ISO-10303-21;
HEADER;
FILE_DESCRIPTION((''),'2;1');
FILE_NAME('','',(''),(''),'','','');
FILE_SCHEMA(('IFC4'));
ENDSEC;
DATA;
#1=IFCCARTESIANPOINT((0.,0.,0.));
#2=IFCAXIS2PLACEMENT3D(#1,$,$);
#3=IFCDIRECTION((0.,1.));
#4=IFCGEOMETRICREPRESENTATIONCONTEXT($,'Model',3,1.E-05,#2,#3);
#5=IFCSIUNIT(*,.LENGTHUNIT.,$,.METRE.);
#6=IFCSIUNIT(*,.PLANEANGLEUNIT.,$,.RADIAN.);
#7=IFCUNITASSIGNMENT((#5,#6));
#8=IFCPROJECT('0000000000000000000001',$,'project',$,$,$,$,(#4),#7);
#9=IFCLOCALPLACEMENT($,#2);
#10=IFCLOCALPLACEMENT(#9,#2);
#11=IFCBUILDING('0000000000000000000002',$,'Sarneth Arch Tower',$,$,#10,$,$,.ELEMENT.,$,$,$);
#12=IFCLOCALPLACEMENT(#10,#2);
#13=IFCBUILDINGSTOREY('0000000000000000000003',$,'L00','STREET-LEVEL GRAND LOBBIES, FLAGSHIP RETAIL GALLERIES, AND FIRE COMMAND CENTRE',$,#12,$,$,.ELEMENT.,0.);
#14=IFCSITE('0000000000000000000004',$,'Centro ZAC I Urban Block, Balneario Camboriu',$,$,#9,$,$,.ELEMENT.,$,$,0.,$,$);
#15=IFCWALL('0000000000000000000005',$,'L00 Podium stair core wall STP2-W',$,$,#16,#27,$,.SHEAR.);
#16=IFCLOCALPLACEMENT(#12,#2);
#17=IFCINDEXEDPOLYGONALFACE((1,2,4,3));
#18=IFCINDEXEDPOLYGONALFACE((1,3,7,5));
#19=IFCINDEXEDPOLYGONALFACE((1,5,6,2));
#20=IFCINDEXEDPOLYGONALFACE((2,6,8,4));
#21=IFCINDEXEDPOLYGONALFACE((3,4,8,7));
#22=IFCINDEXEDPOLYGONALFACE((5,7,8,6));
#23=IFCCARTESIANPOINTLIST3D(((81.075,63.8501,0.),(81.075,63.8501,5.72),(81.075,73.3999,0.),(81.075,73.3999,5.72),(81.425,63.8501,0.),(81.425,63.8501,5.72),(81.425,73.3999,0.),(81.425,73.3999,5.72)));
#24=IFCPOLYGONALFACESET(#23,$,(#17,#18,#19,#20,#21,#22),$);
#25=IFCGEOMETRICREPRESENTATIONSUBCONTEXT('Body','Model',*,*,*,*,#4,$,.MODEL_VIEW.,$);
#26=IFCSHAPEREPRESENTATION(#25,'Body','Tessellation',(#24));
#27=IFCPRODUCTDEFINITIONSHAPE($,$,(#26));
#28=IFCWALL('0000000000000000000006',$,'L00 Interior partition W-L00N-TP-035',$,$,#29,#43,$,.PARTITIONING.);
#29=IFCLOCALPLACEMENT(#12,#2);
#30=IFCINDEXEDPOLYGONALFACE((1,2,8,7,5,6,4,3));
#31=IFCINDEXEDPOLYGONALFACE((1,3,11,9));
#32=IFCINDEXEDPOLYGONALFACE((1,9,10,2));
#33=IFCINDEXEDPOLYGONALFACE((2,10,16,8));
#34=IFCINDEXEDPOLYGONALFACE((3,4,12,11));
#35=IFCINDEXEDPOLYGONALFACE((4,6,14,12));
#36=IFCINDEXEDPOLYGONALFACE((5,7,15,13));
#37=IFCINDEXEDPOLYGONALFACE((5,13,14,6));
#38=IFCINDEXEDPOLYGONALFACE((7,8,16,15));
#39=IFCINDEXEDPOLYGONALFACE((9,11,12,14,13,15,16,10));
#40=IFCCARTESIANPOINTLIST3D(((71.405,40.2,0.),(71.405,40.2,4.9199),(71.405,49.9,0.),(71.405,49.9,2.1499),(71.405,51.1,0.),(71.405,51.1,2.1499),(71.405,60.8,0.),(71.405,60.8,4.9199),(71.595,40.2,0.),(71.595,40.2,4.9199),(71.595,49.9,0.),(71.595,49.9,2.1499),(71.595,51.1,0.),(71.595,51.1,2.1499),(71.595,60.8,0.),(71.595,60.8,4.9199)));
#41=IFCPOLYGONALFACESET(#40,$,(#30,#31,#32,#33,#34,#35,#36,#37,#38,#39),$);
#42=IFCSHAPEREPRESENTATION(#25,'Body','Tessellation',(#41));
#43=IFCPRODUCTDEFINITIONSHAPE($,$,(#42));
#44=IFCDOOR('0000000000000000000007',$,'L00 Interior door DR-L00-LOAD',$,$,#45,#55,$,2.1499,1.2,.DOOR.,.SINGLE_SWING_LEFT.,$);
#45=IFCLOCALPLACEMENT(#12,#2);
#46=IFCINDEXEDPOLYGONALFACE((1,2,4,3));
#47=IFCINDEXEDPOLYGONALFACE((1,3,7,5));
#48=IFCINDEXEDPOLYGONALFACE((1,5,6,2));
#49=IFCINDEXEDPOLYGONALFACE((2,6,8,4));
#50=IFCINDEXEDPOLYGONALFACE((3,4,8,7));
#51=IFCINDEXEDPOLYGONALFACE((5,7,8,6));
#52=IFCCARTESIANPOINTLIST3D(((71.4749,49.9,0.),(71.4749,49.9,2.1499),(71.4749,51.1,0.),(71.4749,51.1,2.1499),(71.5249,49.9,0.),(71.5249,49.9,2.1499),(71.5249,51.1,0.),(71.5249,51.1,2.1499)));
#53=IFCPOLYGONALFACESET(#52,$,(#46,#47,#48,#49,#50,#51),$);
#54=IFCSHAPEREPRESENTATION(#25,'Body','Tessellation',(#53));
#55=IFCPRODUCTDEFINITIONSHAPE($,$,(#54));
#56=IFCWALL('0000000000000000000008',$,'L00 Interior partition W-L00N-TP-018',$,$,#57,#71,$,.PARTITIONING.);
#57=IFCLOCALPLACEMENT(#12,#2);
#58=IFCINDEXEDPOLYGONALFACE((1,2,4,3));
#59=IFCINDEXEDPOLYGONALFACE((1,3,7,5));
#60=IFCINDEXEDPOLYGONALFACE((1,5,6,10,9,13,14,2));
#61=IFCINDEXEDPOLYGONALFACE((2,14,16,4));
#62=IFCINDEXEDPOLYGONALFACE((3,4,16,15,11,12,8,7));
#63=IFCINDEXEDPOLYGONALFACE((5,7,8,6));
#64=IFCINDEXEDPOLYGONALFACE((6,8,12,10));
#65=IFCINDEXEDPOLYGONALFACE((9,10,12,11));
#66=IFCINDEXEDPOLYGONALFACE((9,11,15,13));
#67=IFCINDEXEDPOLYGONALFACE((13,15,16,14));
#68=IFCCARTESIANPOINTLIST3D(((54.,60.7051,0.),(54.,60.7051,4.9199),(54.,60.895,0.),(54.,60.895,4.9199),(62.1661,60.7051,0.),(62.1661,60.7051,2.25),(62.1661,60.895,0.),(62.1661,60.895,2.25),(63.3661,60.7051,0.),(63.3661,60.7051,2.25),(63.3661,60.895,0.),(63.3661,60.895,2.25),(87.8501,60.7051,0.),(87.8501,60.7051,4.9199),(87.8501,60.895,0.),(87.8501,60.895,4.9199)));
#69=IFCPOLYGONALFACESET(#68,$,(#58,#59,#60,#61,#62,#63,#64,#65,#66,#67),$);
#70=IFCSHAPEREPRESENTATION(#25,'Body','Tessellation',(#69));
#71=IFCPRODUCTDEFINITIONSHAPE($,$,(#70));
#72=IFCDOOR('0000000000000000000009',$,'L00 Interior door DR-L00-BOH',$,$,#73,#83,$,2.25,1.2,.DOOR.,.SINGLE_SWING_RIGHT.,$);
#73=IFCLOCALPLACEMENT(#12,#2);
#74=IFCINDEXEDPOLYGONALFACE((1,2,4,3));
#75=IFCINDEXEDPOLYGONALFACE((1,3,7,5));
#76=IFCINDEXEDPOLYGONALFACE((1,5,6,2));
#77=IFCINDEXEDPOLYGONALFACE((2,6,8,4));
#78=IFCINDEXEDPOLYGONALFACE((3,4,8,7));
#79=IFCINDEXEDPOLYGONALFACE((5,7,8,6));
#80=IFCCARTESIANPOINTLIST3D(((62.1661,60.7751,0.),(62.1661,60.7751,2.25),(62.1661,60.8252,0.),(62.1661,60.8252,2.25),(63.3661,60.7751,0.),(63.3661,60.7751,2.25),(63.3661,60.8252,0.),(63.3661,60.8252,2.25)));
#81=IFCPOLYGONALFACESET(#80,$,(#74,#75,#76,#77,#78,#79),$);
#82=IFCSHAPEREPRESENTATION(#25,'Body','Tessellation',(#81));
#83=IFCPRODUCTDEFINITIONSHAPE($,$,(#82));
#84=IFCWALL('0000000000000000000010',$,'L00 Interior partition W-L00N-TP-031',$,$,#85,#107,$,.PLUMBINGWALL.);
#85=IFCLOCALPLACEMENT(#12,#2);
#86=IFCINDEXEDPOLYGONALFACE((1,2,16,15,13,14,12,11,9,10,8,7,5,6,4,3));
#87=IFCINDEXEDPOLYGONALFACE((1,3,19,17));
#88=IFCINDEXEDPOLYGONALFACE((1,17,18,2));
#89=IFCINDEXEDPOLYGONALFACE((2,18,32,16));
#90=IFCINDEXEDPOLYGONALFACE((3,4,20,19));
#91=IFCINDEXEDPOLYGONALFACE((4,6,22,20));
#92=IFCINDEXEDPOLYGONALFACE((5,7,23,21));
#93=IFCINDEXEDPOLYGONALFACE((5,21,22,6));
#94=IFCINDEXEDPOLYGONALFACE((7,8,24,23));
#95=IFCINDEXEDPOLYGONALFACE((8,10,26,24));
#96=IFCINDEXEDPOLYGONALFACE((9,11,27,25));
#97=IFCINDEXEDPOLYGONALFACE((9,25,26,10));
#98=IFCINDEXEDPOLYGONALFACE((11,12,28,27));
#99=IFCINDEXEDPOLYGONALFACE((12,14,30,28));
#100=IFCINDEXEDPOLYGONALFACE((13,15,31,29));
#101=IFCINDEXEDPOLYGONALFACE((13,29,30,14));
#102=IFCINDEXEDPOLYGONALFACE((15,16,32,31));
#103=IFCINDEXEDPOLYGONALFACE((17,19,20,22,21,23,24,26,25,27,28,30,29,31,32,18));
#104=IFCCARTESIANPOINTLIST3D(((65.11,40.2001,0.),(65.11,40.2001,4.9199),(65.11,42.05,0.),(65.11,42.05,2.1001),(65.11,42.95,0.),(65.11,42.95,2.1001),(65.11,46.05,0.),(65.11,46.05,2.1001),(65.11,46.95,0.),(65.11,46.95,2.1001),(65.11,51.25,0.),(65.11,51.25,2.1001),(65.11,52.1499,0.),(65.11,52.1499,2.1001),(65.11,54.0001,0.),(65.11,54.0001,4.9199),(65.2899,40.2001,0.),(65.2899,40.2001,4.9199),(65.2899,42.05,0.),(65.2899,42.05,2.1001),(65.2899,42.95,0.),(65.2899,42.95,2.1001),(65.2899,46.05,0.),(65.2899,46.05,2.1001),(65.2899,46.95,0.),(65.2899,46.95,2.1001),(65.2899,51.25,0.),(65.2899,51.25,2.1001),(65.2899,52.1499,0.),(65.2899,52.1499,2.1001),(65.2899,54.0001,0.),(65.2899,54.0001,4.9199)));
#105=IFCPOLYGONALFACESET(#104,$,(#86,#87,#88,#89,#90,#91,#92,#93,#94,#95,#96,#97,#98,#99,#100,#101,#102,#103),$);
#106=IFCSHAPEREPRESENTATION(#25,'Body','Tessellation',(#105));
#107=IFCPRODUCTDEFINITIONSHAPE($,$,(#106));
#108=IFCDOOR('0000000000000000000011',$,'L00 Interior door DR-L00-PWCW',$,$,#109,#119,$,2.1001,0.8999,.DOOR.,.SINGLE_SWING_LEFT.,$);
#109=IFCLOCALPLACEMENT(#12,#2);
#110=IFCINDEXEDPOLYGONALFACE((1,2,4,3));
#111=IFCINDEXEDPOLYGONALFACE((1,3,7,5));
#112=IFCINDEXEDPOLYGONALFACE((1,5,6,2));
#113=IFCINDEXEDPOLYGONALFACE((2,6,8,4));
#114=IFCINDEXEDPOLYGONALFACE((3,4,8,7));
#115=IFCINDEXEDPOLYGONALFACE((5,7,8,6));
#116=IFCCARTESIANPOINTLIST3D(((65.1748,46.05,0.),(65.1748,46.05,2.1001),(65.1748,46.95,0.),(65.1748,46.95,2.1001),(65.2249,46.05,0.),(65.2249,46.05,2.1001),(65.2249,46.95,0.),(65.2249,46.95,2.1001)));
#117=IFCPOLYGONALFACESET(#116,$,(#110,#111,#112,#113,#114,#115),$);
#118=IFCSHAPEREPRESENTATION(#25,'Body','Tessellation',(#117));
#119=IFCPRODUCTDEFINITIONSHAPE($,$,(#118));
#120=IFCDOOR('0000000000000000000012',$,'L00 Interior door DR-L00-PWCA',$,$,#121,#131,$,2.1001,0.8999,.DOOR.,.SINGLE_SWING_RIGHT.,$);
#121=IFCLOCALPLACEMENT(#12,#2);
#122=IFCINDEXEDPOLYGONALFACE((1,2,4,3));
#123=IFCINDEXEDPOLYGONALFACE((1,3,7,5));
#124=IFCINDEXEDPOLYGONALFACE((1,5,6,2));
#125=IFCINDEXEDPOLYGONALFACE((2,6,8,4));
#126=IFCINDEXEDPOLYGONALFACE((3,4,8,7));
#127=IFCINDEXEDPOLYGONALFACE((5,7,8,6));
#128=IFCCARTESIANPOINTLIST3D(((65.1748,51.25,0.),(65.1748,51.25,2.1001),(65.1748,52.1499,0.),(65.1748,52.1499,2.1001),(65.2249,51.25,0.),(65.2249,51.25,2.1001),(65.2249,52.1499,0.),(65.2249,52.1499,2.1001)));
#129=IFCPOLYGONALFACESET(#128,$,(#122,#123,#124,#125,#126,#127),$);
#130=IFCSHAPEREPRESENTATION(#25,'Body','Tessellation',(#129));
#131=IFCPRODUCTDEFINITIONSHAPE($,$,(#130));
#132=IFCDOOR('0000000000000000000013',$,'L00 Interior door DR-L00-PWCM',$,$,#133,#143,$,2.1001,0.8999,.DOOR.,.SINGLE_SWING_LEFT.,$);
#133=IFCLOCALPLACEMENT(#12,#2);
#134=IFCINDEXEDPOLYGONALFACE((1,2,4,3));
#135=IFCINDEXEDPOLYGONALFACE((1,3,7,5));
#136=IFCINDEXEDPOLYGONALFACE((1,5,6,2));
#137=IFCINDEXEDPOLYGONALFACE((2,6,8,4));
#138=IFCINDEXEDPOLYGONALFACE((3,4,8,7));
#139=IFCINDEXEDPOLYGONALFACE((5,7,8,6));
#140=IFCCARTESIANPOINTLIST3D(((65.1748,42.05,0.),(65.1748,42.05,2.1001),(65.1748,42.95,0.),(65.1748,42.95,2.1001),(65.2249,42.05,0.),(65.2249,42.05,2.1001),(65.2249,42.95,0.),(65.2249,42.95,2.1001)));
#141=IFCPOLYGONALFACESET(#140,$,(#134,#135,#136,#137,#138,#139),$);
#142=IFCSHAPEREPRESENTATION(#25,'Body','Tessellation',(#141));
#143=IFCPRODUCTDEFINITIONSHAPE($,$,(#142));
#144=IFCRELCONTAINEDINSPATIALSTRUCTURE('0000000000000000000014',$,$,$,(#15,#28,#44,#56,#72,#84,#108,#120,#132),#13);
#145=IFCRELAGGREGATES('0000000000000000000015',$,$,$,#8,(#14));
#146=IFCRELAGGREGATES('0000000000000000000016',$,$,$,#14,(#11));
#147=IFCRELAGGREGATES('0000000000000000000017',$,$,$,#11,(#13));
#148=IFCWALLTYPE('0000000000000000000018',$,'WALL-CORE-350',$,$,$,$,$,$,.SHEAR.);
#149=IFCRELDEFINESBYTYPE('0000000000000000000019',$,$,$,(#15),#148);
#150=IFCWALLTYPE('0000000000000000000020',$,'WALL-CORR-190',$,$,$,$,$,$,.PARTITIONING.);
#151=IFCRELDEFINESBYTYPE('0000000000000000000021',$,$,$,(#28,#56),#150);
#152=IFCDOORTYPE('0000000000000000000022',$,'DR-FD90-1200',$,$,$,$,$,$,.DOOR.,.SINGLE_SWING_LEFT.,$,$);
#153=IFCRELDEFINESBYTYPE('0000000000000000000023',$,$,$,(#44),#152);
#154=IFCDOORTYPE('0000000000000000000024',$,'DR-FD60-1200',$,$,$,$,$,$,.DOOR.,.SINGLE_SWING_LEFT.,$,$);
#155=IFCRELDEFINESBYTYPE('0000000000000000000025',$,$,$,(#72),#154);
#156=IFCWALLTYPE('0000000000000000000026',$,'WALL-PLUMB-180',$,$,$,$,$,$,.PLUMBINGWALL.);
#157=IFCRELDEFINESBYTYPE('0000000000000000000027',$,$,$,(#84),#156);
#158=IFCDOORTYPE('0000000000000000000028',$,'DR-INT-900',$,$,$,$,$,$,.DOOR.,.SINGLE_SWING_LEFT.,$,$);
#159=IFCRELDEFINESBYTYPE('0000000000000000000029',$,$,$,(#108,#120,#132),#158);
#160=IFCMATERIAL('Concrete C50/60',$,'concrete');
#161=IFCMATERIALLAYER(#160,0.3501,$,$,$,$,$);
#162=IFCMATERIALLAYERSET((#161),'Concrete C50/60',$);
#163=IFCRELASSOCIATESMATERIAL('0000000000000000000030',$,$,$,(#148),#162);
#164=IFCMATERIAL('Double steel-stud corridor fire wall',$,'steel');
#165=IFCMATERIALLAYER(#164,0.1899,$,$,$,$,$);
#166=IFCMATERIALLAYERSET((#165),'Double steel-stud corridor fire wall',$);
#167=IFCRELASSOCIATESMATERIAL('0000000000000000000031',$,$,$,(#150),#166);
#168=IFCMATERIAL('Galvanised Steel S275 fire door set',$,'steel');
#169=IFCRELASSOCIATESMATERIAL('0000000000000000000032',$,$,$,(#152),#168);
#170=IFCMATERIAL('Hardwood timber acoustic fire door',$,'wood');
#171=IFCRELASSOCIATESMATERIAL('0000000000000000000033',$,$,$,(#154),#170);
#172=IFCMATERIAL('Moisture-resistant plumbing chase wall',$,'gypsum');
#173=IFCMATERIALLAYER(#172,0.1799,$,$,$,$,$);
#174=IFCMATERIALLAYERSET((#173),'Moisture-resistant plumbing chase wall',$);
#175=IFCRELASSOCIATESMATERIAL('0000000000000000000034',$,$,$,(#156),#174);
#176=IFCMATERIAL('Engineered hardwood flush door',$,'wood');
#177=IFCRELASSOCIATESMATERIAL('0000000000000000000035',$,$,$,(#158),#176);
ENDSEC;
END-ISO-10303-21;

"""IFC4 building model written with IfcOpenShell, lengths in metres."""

from ifc_helpers import new_model, si_unit, direction, frame, frame_2d, origin, place, context, subcontext, project, spatial, rectangle, extrude, material, layer, layer_set, type_object, element, fill, save


model = new_model("IFC4")

# Units and contexts
model_context = context("Model", 3, precision=1e-05, world=origin(), true_north=direction((0.0, 1.0)))
body_context = subcontext(model_context, "Body", "Model", "MODEL_VIEW")
ifc_project = project(units=[si_unit("LENGTHUNIT", "METRE"), si_unit("PLANEANGLEUNIT", "RADIAN")], contexts=[model_context])

# Site, building, storey
site_placement = place(None, origin())
site = spatial("IfcSite", under=ifc_project, at=site_placement, Name="Centro ZAC I Urban Block, Balneario Camboriu", CompositionType="ELEMENT", RefElevation=0.0)
building_placement = place(site_placement, origin())
building = spatial("IfcBuilding", under=site, at=building_placement, Name="Sarneth Arch Tower", CompositionType="ELEMENT")
storey_placement = place(building_placement, origin())
storey = spatial("IfcBuildingStorey", under=building, at=storey_placement, Name="L00", Description="STREET-LEVEL GRAND LOBBIES, FLAGSHIP RETAIL GALLERIES, AND FIRE COMMAND CENTRE", CompositionType="ELEMENT", Elevation=0.0)

# Wall
ifc_material_1 = material(Name="Concrete C50/60", Category="concrete")
ifc_layer_1 = layer(ifc_material_1, 0.3501)
ifc_layer_set_1 = layer_set([ifc_layer_1], Name="Concrete C50/60")
wall_type_1 = type_object("IfcWallType", Name="WALL-CORE-350", PredefinedType="SHEAR", material=ifc_layer_set_1)
wall_1_placement = place(storey_placement, frame((81.25, 63.8501, 0.0), z_axis=(0.0, 0.0, 1.0), x_axis=(0.0, 1.0, 0.0)))
element("IfcWall", 1, at=wall_1_placement, inside=storey, type_object=wall_type_1, Name="L00 Podium stair core wall STP2-W", PredefinedType="SHEAR", context=body_context, shape_type="SweptSolid", body=[
    extrude(rectangle(XDim=9.5498, YDim=0.3501, at=frame_2d((4.7749, 0.0))), origin(), (0.0, 0.0, 1.0), 5.72),
])

# Walls, openings, doors
ifc_material_2 = material(Name="Double steel-stud corridor fire wall", Category="steel")
ifc_layer_2 = layer(ifc_material_2, 0.1899)
ifc_layer_set_2 = layer_set([ifc_layer_2], Name="Double steel-stud corridor fire wall")
wall_type_2 = type_object("IfcWallType", Name="WALL-CORR-190", PredefinedType="PARTITIONING", material=ifc_layer_set_2)
wall_2_placement = place(storey_placement, frame((71.5, 60.8, 0.0), z_axis=(0.0, 0.0, 1.0), x_axis=(0.0, -1.0, 0.0)))
wall_2 = element("IfcWall", 2, at=wall_2_placement, inside=storey, type_object=wall_type_2, Name="L00 Interior partition W-L00N-TP-035", PredefinedType="PARTITIONING", context=body_context, shape_type="SweptSolid", body=[
    extrude(rectangle(XDim=20.6001, YDim=0.1899, at=frame_2d((10.3, 0.0))), origin(), (0.0, 0.0, 1.0), 4.9199),
])
opening_1_placement = place(wall_2_placement, frame((9.7, 0.0, 0.0)))
opening_1 = element("IfcOpeningElement", 3, at=opening_1_placement, cuts=wall_2, PredefinedType="OPENING", context=body_context, shape_type="SweptSolid", body=[
    extrude(rectangle(XDim=1.2, YDim=2.1499, at=frame_2d((0.6001, 1.075))), frame((0.0, 0.105, 0.0), z_axis=(0.0, -1.0, 0.0), x_axis=(1.0, 0.0, 0.0)), (0.0, 0.0, 1.0), 0.21),
])
ifc_material_3 = material(Name="Galvanised Steel S275 fire door set", Category="steel")
door_type_1 = type_object("IfcDoorType", Name="DR-FD90-1200", OperationType="SINGLE_SWING_LEFT", PredefinedType="DOOR", material=ifc_material_3)
door_1_placement = place(opening_1_placement, origin())
door_1 = element("IfcDoor", 4, at=door_1_placement, inside=storey, type_object=door_type_1, Name="L00 Interior door DR-L00-LOAD", OperationType="SINGLE_SWING_LEFT", OverallHeight=2.1499, OverallWidth=1.2, PredefinedType="DOOR", context=body_context, shape_type="SweptSolid", body=[
    extrude(rectangle(XDim=1.2, YDim=2.1499, at=frame_2d((0.6001, 1.075))), frame((0.0, 0.0249, 0.0), z_axis=(0.0, -1.0, 0.0), x_axis=(1.0, 0.0, 0.0)), (0.0, 0.0, 1.0), 0.05),
])
fill(opening_1, door_1)
wall_3_placement = place(storey_placement, frame((87.8501, 60.8, 0.0), z_axis=(0.0, 0.0, 1.0), x_axis=(-1.0, 0.0, 0.0)))
wall_3 = element("IfcWall", 5, at=wall_3_placement, inside=storey, type_object=wall_type_2, Name="L00 Interior partition W-L00N-TP-018", PredefinedType="PARTITIONING", context=body_context, shape_type="SweptSolid", body=[
    extrude(rectangle(XDim=33.8501, YDim=0.1899, at=frame_2d((16.925, 0.0))), origin(), (0.0, 0.0, 1.0), 4.9199),
])
opening_2_placement = place(wall_3_placement, frame((24.4839, 0.0, 0.0)))
opening_2 = element("IfcOpeningElement", 6, at=opening_2_placement, cuts=wall_3, PredefinedType="OPENING", context=body_context, shape_type="SweptSolid", body=[
    extrude(rectangle(XDim=1.2, YDim=2.25, at=frame_2d((0.6001, 1.125))), frame((0.0, 0.105, 0.0), z_axis=(0.0, -1.0, 0.0), x_axis=(1.0, 0.0, 0.0)), (0.0, 0.0, 1.0), 0.21),
])
ifc_material_4 = material(Name="Hardwood timber acoustic fire door", Category="wood")
door_type_2 = type_object("IfcDoorType", Name="DR-FD60-1200", OperationType="SINGLE_SWING_LEFT", PredefinedType="DOOR", material=ifc_material_4)
door_2_placement = place(opening_2_placement, origin())
door_2 = element("IfcDoor", 7, at=door_2_placement, inside=storey, type_object=door_type_2, Name="L00 Interior door DR-L00-BOH", OperationType="SINGLE_SWING_RIGHT", OverallHeight=2.25, OverallWidth=1.2, PredefinedType="DOOR", context=body_context, shape_type="SweptSolid", body=[
    extrude(rectangle(XDim=1.2, YDim=2.25, at=frame_2d((0.6001, 1.125))), frame((0.0, 0.0249, 0.0), z_axis=(0.0, -1.0, 0.0), x_axis=(1.0, 0.0, 0.0)), (0.0, 0.0, 1.0), 0.05),
])
fill(opening_2, door_2)

# Wall, openings, doors
ifc_material_5 = material(Name="Moisture-resistant plumbing chase wall", Category="gypsum")
ifc_layer_3 = layer(ifc_material_5, 0.1799)
ifc_layer_set_3 = layer_set([ifc_layer_3], Name="Moisture-resistant plumbing chase wall")
wall_type_3 = type_object("IfcWallType", Name="WALL-PLUMB-180", PredefinedType="PLUMBINGWALL", material=ifc_layer_set_3)
wall_4_placement = place(storey_placement, frame((65.2, 54.0, 0.0), z_axis=(0.0, 0.0, 1.0), x_axis=(0.0, -1.0, 0.0)))
wall_4 = element("IfcWall", 8, at=wall_4_placement, inside=storey, type_object=wall_type_3, Name="L00 Interior partition W-L00N-TP-031", PredefinedType="PLUMBINGWALL", context=body_context, shape_type="SweptSolid", body=[
    extrude(rectangle(XDim=13.8, YDim=0.1799, at=frame_2d((6.8999, 0.0))), origin(), (0.0, 0.0, 1.0), 4.9199),
])
opening_3_placement = place(wall_4_placement, frame((7.05, 0.0, 0.0)))
opening_3 = element("IfcOpeningElement", 9, at=opening_3_placement, cuts=wall_4, PredefinedType="OPENING", context=body_context, shape_type="SweptSolid", body=[
    extrude(rectangle(XDim=0.8999, YDim=2.1001, at=frame_2d((0.45, 1.05))), frame((0.0, 0.0999, 0.0), z_axis=(0.0, -1.0, 0.0), x_axis=(1.0, 0.0, 0.0)), (0.0, 0.0, 1.0), 0.2),
])
opening_4_placement = place(wall_4_placement, frame((1.8501, 0.0, 0.0)))
opening_4 = element("IfcOpeningElement", 10, at=opening_4_placement, cuts=wall_4, PredefinedType="OPENING", context=body_context, shape_type="SweptSolid", body=[
    extrude(rectangle(XDim=0.8999, YDim=2.1001, at=frame_2d((0.45, 1.05))), frame((0.0, 0.0999, 0.0), z_axis=(0.0, -1.0, 0.0), x_axis=(1.0, 0.0, 0.0)), (0.0, 0.0, 1.0), 0.2),
])
opening_5_placement = place(wall_4_placement, frame((11.05, 0.0, 0.0)))
opening_5 = element("IfcOpeningElement", 11, at=opening_5_placement, cuts=wall_4, PredefinedType="OPENING", context=body_context, shape_type="SweptSolid", body=[
    extrude(rectangle(XDim=0.8999, YDim=2.1001, at=frame_2d((0.45, 1.05))), frame((0.0, 0.0999, 0.0), z_axis=(0.0, -1.0, 0.0), x_axis=(1.0, 0.0, 0.0)), (0.0, 0.0, 1.0), 0.2),
])
ifc_material_6 = material(Name="Engineered hardwood flush door", Category="wood")
door_type_3 = type_object("IfcDoorType", Name="DR-INT-900", OperationType="SINGLE_SWING_LEFT", PredefinedType="DOOR", material=ifc_material_6)
door_3_placement = place(opening_3_placement, origin())
door_3 = element("IfcDoor", 12, at=door_3_placement, inside=storey, type_object=door_type_3, Name="L00 Interior door DR-L00-PWCW", OperationType="SINGLE_SWING_LEFT", OverallHeight=2.1001, OverallWidth=0.8999, PredefinedType="DOOR", context=body_context, shape_type="SweptSolid", body=[
    extrude(rectangle(XDim=0.8999, YDim=2.1001, at=frame_2d((0.45, 1.05))), frame((0.0, 0.0249, 0.0), z_axis=(0.0, -1.0, 0.0), x_axis=(1.0, 0.0, 0.0)), (0.0, 0.0, 1.0), 0.05),
])
fill(opening_3, door_3)
door_4_placement = place(opening_4_placement, origin())
door_4 = element("IfcDoor", 13, at=door_4_placement, inside=storey, type_object=door_type_3, Name="L00 Interior door DR-L00-PWCA", OperationType="SINGLE_SWING_RIGHT", OverallHeight=2.1001, OverallWidth=0.8999, PredefinedType="DOOR", context=body_context, shape_type="SweptSolid", body=[
    extrude(rectangle(XDim=0.8999, YDim=2.1001, at=frame_2d((0.45, 1.05))), frame((0.0, 0.0249, 0.0), z_axis=(0.0, -1.0, 0.0), x_axis=(1.0, 0.0, 0.0)), (0.0, 0.0, 1.0), 0.05),
])
fill(opening_4, door_4)
door_5_placement = place(opening_5_placement, origin())
door_5 = element("IfcDoor", 14, at=door_5_placement, inside=storey, type_object=door_type_3, Name="L00 Interior door DR-L00-PWCM", OperationType="SINGLE_SWING_LEFT", OverallHeight=2.1001, OverallWidth=0.8999, PredefinedType="DOOR", context=body_context, shape_type="SweptSolid", body=[
    extrude(rectangle(XDim=0.8999, YDim=2.1001, at=frame_2d((0.45, 1.05))), frame((0.0, 0.0249, 0.0), z_axis=(0.0, -1.0, 0.0), x_axis=(1.0, 0.0, 0.0)), (0.0, 0.0, 1.0), 0.05),
])
fill(opening_5, door_5)

save(model, "model.ifc")
